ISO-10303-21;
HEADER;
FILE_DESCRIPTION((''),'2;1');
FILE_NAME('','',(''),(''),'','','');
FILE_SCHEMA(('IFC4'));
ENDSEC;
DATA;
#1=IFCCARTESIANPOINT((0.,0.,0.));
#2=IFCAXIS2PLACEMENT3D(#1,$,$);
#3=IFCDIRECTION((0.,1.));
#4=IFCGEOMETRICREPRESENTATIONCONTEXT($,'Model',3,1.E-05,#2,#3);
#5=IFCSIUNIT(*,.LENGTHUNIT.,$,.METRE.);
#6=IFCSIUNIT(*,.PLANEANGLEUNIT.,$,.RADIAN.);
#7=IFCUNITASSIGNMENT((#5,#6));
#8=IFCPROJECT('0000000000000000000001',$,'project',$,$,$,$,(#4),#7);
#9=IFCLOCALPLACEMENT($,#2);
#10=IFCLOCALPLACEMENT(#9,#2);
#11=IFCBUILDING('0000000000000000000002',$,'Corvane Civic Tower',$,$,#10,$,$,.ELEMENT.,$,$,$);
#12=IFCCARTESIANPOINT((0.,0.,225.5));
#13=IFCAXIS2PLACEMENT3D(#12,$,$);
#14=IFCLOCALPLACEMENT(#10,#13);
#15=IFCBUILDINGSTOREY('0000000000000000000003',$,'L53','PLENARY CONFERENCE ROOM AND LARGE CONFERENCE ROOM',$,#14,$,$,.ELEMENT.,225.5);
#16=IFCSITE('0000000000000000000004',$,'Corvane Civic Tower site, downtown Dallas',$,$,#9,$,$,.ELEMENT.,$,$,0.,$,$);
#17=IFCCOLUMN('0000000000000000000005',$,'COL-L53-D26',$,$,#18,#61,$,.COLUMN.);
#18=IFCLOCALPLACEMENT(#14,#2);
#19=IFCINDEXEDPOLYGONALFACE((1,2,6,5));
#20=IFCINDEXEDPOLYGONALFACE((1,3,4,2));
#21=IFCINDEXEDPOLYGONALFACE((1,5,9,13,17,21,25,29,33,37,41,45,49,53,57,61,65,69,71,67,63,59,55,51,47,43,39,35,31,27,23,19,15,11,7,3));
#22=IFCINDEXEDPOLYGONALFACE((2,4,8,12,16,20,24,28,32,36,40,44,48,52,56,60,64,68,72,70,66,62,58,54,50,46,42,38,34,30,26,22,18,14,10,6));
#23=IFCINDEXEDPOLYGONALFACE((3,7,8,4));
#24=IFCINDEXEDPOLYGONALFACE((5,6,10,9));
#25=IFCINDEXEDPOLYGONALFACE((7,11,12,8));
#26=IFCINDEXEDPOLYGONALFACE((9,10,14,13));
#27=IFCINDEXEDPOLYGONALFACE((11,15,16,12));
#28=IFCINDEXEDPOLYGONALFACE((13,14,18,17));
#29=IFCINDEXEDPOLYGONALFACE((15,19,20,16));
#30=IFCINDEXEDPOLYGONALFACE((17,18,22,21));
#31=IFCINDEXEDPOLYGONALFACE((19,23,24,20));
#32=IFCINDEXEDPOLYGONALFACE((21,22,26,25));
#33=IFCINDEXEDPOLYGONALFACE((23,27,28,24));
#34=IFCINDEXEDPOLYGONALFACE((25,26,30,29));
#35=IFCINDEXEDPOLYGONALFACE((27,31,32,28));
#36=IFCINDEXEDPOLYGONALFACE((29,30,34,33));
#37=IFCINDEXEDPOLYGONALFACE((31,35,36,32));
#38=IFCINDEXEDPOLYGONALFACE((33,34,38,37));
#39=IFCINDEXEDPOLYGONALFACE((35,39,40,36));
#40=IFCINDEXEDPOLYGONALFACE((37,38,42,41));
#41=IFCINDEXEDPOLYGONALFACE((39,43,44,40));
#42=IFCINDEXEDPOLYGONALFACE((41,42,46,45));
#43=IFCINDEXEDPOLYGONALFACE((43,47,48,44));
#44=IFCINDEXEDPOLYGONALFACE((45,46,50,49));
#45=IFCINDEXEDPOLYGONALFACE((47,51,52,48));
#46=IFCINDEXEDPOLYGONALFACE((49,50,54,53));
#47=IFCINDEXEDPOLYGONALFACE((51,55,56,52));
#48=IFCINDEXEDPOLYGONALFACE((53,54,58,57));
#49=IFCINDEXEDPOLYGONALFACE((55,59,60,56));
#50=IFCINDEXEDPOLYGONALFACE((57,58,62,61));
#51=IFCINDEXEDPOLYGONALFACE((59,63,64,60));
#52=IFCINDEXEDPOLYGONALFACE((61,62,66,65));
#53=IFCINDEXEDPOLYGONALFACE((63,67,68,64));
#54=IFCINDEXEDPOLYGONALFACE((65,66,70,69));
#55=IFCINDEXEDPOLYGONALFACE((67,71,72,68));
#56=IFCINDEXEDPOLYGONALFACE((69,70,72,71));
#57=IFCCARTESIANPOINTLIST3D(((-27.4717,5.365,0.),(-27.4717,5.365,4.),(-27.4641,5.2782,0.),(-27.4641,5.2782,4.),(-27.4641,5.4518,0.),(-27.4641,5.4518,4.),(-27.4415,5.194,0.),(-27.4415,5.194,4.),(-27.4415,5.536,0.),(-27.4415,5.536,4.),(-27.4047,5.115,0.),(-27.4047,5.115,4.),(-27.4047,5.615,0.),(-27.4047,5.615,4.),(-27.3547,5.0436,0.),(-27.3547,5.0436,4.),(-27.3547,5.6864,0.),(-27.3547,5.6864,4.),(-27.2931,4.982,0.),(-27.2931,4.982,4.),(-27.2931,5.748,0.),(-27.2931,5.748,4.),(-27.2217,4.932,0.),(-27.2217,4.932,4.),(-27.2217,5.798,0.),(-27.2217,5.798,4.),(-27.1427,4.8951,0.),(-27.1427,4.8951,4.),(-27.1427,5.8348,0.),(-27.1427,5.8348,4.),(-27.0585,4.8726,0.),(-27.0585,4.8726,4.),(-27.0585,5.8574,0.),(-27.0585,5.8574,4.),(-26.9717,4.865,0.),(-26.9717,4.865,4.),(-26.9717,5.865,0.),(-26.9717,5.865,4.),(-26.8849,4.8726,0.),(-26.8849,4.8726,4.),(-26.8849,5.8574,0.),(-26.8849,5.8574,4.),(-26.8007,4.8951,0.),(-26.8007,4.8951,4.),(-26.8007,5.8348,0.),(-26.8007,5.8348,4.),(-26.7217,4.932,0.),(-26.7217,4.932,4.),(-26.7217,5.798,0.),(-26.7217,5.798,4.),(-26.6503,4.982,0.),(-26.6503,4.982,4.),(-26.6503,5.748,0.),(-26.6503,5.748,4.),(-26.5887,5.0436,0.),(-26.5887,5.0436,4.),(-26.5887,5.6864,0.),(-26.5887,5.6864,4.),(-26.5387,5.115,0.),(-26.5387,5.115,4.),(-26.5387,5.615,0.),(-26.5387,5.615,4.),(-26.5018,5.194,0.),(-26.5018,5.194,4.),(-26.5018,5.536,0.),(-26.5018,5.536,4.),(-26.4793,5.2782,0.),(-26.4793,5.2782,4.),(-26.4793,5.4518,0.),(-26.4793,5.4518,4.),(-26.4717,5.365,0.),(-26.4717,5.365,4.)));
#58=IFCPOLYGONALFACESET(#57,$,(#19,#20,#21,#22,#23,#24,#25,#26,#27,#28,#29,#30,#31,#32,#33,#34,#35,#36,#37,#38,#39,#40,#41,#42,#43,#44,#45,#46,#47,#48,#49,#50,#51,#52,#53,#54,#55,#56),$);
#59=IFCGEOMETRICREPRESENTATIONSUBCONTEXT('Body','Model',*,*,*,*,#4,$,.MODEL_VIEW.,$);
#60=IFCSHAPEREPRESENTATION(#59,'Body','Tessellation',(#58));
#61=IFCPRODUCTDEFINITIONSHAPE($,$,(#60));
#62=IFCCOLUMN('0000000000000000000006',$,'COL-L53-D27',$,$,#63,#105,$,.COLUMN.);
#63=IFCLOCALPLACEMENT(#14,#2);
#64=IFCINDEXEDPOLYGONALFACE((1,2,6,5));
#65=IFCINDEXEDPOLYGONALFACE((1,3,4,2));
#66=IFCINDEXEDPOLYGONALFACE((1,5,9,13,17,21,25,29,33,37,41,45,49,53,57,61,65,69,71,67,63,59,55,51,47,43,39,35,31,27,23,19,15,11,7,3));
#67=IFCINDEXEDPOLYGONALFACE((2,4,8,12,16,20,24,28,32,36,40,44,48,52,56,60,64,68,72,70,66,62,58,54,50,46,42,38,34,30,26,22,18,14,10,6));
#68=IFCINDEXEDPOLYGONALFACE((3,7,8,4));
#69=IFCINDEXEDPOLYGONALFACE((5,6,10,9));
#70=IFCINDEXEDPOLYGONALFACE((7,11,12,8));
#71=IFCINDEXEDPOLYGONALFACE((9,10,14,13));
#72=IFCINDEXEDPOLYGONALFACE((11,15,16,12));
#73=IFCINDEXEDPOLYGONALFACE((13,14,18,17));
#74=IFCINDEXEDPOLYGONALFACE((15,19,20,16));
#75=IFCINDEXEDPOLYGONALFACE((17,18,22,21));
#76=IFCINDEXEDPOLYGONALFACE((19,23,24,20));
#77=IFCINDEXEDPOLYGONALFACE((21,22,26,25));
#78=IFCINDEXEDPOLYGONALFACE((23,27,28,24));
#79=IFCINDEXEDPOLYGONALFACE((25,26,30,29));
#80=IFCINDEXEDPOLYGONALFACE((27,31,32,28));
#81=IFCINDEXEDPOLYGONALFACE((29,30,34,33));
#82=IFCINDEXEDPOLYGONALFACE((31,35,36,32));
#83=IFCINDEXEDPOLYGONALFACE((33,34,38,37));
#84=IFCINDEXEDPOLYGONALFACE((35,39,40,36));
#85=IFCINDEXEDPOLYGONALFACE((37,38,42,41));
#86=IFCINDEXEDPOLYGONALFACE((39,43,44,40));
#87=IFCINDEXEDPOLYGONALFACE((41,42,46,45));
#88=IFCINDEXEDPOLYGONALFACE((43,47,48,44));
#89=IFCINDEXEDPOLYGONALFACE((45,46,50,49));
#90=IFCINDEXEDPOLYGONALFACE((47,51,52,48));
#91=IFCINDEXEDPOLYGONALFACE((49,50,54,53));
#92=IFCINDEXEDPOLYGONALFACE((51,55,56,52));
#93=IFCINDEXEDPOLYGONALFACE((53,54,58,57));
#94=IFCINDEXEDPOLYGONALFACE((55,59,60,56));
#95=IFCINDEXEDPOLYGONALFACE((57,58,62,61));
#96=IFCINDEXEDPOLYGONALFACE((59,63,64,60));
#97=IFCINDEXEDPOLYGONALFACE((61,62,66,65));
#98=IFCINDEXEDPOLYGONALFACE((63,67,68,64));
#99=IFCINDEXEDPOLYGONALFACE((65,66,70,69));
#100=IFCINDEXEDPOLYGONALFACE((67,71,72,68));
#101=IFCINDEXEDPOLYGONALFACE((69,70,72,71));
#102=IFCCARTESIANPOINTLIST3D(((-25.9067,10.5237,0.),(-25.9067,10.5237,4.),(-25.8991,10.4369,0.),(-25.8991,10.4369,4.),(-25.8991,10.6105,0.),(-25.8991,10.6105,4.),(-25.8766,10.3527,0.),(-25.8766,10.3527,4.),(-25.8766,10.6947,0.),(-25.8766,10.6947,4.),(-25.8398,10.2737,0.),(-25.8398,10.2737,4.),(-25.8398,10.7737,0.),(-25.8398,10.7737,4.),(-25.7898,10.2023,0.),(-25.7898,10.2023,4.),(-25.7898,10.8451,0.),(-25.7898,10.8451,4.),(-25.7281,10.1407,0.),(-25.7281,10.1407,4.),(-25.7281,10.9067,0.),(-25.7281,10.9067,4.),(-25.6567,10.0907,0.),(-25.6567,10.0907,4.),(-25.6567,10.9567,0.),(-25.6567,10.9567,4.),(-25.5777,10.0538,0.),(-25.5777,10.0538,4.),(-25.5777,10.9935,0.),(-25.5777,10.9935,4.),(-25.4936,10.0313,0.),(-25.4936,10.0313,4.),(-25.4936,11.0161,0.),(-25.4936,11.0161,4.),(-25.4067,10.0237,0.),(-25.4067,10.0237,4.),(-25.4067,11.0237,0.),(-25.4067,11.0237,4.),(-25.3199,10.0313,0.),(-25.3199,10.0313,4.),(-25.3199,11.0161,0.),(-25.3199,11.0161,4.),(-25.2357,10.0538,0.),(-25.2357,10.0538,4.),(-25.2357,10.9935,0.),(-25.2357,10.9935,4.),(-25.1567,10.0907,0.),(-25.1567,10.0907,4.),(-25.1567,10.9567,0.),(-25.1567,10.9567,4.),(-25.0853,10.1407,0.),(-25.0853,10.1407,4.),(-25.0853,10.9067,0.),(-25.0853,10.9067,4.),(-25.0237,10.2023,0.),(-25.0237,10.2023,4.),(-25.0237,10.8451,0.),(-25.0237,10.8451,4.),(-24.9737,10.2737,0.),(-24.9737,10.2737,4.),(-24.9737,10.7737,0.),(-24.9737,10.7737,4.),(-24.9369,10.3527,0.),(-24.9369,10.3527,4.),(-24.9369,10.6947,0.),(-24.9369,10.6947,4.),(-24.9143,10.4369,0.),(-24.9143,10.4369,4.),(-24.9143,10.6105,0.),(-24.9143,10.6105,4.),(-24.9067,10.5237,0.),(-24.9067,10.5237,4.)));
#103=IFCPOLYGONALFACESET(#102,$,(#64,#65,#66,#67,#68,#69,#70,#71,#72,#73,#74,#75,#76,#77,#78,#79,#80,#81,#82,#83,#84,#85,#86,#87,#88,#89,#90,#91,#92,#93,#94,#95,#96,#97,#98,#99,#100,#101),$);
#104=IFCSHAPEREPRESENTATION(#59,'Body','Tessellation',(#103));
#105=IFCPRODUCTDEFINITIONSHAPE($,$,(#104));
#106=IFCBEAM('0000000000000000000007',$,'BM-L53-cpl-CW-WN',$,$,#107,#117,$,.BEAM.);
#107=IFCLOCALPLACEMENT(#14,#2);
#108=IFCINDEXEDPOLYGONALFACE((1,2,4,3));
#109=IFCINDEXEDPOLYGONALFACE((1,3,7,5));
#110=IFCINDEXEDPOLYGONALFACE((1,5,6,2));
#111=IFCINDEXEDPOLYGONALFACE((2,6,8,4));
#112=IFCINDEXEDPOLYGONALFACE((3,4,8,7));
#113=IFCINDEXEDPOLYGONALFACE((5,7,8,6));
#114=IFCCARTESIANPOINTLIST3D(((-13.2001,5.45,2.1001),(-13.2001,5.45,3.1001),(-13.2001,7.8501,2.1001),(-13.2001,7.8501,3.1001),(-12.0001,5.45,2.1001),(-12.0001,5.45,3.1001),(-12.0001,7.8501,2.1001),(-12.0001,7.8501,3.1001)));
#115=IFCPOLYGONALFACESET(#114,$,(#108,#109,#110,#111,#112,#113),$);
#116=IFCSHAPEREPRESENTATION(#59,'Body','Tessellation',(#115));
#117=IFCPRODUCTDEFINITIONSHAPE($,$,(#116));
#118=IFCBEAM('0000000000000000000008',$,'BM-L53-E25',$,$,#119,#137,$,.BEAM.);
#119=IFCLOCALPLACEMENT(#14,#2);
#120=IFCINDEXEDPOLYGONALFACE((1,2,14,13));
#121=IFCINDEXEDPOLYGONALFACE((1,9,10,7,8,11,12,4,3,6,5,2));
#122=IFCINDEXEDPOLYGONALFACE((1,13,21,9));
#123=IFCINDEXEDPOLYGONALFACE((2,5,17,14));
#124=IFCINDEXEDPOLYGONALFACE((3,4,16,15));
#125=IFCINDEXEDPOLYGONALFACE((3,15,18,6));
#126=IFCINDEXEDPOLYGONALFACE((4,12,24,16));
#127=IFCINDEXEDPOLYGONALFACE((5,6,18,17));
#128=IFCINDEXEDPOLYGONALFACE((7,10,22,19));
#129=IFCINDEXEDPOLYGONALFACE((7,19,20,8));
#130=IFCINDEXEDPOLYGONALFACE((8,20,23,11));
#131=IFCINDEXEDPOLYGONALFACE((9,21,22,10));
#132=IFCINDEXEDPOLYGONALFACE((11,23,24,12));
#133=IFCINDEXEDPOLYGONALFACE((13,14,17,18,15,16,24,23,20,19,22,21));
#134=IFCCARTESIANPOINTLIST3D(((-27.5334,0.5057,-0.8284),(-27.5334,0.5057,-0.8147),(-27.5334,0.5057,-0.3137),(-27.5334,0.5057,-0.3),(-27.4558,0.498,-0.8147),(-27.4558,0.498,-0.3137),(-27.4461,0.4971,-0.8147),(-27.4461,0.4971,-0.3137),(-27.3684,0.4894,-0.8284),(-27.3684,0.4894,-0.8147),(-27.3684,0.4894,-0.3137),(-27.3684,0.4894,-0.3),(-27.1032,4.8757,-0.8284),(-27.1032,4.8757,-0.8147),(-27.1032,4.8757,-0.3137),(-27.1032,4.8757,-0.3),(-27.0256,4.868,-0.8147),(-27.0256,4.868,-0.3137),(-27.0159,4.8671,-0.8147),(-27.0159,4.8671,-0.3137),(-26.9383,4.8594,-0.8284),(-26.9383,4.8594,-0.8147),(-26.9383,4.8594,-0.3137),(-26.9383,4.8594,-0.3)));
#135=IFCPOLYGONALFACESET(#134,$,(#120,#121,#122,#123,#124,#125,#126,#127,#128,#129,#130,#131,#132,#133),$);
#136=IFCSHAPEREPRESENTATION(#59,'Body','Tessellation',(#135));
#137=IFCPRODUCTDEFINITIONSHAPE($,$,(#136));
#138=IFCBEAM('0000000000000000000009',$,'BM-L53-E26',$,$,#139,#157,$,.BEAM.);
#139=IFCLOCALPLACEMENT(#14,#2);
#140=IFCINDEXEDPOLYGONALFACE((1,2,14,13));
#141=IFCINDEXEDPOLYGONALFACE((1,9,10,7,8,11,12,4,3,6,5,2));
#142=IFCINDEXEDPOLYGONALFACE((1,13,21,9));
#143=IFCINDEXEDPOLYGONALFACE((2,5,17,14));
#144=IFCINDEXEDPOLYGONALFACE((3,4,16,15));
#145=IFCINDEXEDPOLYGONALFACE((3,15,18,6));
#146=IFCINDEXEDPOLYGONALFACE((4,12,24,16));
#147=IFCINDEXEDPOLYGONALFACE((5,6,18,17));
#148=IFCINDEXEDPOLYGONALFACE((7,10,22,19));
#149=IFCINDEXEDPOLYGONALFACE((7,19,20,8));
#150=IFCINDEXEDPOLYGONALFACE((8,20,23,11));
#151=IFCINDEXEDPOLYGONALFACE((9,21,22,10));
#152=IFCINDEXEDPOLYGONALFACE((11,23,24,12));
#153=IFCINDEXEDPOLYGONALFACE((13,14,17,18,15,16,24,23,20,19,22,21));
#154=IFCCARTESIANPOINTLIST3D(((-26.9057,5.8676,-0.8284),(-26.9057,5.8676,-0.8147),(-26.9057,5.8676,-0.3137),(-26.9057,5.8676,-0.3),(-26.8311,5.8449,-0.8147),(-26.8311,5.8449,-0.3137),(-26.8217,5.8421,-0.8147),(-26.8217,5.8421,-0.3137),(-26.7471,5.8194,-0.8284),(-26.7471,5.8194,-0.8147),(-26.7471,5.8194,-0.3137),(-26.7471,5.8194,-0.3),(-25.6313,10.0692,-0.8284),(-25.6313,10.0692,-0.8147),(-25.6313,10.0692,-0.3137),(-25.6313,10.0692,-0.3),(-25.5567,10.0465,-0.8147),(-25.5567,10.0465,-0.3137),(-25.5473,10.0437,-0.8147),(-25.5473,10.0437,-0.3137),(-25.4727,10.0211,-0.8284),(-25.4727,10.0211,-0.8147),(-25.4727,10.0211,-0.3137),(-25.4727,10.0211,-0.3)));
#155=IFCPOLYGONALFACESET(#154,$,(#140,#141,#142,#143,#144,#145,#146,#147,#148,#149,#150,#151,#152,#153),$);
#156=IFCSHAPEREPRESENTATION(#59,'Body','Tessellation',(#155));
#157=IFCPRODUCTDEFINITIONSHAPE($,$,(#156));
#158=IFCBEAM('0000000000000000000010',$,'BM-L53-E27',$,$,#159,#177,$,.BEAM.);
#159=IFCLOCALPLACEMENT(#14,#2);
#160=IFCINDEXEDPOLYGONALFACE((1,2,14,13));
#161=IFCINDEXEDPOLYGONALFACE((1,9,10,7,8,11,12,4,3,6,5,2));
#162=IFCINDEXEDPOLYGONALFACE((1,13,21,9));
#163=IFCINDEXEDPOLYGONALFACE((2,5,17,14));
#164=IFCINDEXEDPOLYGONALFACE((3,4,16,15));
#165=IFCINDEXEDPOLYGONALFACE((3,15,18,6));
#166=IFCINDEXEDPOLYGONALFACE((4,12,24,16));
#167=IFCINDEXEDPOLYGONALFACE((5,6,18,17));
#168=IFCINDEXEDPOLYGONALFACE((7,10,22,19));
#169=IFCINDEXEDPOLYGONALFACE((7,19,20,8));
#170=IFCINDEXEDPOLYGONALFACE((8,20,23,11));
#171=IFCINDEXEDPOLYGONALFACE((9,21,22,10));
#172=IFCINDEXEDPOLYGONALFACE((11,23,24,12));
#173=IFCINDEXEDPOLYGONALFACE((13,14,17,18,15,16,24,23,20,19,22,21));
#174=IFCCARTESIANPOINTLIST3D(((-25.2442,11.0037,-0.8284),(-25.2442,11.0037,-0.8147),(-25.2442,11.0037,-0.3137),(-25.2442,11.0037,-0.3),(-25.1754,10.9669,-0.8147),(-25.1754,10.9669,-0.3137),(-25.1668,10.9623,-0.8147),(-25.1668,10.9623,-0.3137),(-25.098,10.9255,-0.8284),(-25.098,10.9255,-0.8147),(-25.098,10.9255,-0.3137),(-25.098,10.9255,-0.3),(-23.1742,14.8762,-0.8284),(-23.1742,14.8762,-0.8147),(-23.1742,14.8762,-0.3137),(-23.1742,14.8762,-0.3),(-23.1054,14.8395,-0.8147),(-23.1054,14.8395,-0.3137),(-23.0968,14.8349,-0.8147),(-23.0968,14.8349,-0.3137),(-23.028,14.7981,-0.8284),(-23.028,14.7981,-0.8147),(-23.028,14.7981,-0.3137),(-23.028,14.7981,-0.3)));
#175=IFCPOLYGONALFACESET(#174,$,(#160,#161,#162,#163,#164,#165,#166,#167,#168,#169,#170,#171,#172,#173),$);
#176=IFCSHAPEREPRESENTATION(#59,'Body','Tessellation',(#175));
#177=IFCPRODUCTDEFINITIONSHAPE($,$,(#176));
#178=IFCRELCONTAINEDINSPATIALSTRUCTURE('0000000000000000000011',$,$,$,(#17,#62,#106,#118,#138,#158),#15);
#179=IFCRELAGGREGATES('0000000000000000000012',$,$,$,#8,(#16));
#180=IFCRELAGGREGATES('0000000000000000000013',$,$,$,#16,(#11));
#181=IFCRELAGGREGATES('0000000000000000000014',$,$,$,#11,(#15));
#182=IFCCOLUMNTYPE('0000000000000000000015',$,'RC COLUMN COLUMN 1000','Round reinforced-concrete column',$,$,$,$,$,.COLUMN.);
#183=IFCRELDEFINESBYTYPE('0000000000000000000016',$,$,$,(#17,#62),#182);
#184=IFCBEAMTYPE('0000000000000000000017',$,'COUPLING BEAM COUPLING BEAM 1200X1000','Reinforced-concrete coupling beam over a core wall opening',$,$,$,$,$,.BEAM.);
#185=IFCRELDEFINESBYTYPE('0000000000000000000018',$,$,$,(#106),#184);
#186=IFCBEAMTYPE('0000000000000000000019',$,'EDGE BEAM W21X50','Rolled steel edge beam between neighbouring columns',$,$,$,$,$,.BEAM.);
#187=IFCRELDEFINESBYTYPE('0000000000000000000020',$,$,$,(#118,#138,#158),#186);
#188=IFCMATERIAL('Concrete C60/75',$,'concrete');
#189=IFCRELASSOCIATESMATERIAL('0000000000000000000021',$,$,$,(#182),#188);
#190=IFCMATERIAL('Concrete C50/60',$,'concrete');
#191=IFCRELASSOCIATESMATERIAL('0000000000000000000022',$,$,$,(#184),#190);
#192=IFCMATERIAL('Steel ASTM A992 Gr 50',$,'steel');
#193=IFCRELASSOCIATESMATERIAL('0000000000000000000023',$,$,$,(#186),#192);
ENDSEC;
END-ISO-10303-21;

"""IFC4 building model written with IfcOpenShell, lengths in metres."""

from ifc_helpers import new_model, si_unit, direction, frame, origin, origin_2d, place, context, subcontext, project, spatial, rectangle, circle, i_section, extrude, material, material_profile, profile_set, type_object, element, save


model = new_model("IFC4")

# Units and contexts
model_context = context("Model", 3, precision=1e-05, world=origin(), true_north=direction((0.0, 1.0)))
body_context = subcontext(model_context, "Body", "Model", "MODEL_VIEW")
ifc_project = project(units=[si_unit("LENGTHUNIT", "METRE"), si_unit("PLANEANGLEUNIT", "RADIAN")], contexts=[model_context])

# Site, building, storey
site_placement = place(None, origin())
site = spatial("IfcSite", under=ifc_project, at=site_placement, Name="Corvane Civic Tower site, downtown Dallas", CompositionType="ELEMENT", RefElevation=0.0)
building_placement = place(site_placement, origin())
building = spatial("IfcBuilding", under=site, at=building_placement, Name="Corvane Civic Tower", CompositionType="ELEMENT")
storey_placement = place(building_placement, frame((0.0, 0.0, 225.5)))
storey = spatial("IfcBuildingStorey", under=building, at=storey_placement, Name="L53", Description="PLENARY CONFERENCE ROOM AND LARGE CONFERENCE ROOM", CompositionType="ELEMENT", Elevation=225.5)

# Columns
ifc_material_1 = material(Name="Concrete C60/75", Category="concrete")
ifc_material_profile_1 = material_profile(ifc_material_1, circle(Radius=0.5, at=origin_2d()), Name="COLUMN 1000")
ifc_profile_set_1 = profile_set([ifc_material_profile_1], Name="Concrete C60/75")
column_type = type_object("IfcColumnType", Name="RC COLUMN COLUMN 1000", Description="Round reinforced-concrete column", PredefinedType="COLUMN", material=ifc_profile_set_1)
for number, where, z_axis, x_axis, name in (
    (1, (-26.9717, 5.365, 0.0), (0.0, 0.0, 1.0), (1.0, 0.0, 0.0), "COL-L53-D26"),
    (2, (-25.4067, 10.5237, 0.0), (0.0, 0.0, 1.0), (1.0, 0.0, 0.0), "COL-L53-D27"),
):
    element("IfcColumn", number, at=place(storey_placement, frame(where, z_axis=z_axis, x_axis=x_axis)), inside=storey, type_object=column_type, Name=name, PredefinedType="COLUMN", context=body_context, shape_type="SweptSolid", body=[
        extrude(circle(Radius=0.5, at=origin_2d()), origin(), (0.0, 0.0, 1.0), 4.0),
    ])

# Beams
ifc_material_2 = material(Name="Concrete C50/60", Category="concrete")
ifc_material_profile_2 = material_profile(ifc_material_2, rectangle(XDim=1.2, YDim=1.0, at=origin_2d()), Name="COUPLING BEAM 1200X1000")
ifc_profile_set_2 = profile_set([ifc_material_profile_2], Name="Concrete C50/60")
beam_type_1 = type_object("IfcBeamType", Name="COUPLING BEAM COUPLING BEAM 1200X1000", Description="Reinforced-concrete coupling beam over a core wall opening", PredefinedType="BEAM", material=ifc_profile_set_2)
beam_1_placement = place(storey_placement, frame((-12.6001, 5.45, 2.6001), z_axis=(0.0, 1.0, 0.0), x_axis=(-1.0, 0.0, 0.0)))
element("IfcBeam", 3, at=beam_1_placement, inside=storey, type_object=beam_type_1, Name="BM-L53-cpl-CW-WN", PredefinedType="BEAM", context=body_context, shape_type="SweptSolid", body=[
    extrude(rectangle(XDim=1.2, YDim=1.0, at=origin_2d()), origin(), (0.0, 0.0, 1.0), 2.4001),
])
ifc_material_3 = material(Name="Steel ASTM A992 Gr 50", Category="steel")
ifc_material_profile_3 = material_profile(ifc_material_3, i_section(OverallWidth=0.1658, OverallDepth=0.5283, WebThickness=0.0098, FlangeThickness=0.0137, at=origin_2d()), Name="W21X50")
ifc_profile_set_3 = profile_set([ifc_material_profile_3], Name="Steel ASTM A992 Gr 50")
beam_type_2 = type_object("IfcBeamType", Name="EDGE BEAM W21X50", Description="Rolled steel edge beam between neighbouring columns", PredefinedType="BEAM", material=ifc_profile_set_3)
beam_2_placement = place(storey_placement, frame((-27.4509, 0.4976, -0.5642), z_axis=(0.097968, 0.99519, 0.0), x_axis=(-0.99519, 0.097968, 0.0)))
element("IfcBeam", 4, at=beam_2_placement, inside=storey, type_object=beam_type_2, Name="BM-L53-E25", PredefinedType="BEAM", context=body_context, shape_type="SweptSolid", body=[
    extrude(i_section(OverallWidth=0.1658, OverallDepth=0.5283, WebThickness=0.0098, FlangeThickness=0.0137, at=origin_2d()), origin(), (0.0, 0.0, 1.0), 4.3911),
])
beam_3_placement = place(storey_placement, frame((-26.8264, 5.8435, -0.5642), z_axis=(0.290254, 0.95695, 0.0), x_axis=(-0.95695, 0.290254, 0.0)))
element("IfcBeam", 5, at=beam_3_placement, inside=storey, type_object=beam_type_2, Name="BM-L53-E26", PredefinedType="BEAM", context=body_context, shape_type="SweptSolid", body=[
    extrude(i_section(OverallWidth=0.1658, OverallDepth=0.5283, WebThickness=0.0098, FlangeThickness=0.0137, at=origin_2d()), origin(), (0.0, 0.0, 1.0), 4.3906),
])
beam_4_placement = place(storey_placement, frame((-25.1711, 10.9646, -0.5642), z_axis=(0.471422, 0.881908, 0.0), x_axis=(-0.881908, 0.471422, 0.0)))
element("IfcBeam", 6, at=beam_4_placement, inside=storey, type_object=beam_type_2, Name="BM-L53-E27", PredefinedType="BEAM", context=body_context, shape_type="SweptSolid", body=[
    extrude(i_section(OverallWidth=0.1658, OverallDepth=0.5283, WebThickness=0.0098, FlangeThickness=0.0137, at=origin_2d()), origin(), (0.0, 0.0, 1.0), 4.3911),
])

save(model, "model.ifc")
